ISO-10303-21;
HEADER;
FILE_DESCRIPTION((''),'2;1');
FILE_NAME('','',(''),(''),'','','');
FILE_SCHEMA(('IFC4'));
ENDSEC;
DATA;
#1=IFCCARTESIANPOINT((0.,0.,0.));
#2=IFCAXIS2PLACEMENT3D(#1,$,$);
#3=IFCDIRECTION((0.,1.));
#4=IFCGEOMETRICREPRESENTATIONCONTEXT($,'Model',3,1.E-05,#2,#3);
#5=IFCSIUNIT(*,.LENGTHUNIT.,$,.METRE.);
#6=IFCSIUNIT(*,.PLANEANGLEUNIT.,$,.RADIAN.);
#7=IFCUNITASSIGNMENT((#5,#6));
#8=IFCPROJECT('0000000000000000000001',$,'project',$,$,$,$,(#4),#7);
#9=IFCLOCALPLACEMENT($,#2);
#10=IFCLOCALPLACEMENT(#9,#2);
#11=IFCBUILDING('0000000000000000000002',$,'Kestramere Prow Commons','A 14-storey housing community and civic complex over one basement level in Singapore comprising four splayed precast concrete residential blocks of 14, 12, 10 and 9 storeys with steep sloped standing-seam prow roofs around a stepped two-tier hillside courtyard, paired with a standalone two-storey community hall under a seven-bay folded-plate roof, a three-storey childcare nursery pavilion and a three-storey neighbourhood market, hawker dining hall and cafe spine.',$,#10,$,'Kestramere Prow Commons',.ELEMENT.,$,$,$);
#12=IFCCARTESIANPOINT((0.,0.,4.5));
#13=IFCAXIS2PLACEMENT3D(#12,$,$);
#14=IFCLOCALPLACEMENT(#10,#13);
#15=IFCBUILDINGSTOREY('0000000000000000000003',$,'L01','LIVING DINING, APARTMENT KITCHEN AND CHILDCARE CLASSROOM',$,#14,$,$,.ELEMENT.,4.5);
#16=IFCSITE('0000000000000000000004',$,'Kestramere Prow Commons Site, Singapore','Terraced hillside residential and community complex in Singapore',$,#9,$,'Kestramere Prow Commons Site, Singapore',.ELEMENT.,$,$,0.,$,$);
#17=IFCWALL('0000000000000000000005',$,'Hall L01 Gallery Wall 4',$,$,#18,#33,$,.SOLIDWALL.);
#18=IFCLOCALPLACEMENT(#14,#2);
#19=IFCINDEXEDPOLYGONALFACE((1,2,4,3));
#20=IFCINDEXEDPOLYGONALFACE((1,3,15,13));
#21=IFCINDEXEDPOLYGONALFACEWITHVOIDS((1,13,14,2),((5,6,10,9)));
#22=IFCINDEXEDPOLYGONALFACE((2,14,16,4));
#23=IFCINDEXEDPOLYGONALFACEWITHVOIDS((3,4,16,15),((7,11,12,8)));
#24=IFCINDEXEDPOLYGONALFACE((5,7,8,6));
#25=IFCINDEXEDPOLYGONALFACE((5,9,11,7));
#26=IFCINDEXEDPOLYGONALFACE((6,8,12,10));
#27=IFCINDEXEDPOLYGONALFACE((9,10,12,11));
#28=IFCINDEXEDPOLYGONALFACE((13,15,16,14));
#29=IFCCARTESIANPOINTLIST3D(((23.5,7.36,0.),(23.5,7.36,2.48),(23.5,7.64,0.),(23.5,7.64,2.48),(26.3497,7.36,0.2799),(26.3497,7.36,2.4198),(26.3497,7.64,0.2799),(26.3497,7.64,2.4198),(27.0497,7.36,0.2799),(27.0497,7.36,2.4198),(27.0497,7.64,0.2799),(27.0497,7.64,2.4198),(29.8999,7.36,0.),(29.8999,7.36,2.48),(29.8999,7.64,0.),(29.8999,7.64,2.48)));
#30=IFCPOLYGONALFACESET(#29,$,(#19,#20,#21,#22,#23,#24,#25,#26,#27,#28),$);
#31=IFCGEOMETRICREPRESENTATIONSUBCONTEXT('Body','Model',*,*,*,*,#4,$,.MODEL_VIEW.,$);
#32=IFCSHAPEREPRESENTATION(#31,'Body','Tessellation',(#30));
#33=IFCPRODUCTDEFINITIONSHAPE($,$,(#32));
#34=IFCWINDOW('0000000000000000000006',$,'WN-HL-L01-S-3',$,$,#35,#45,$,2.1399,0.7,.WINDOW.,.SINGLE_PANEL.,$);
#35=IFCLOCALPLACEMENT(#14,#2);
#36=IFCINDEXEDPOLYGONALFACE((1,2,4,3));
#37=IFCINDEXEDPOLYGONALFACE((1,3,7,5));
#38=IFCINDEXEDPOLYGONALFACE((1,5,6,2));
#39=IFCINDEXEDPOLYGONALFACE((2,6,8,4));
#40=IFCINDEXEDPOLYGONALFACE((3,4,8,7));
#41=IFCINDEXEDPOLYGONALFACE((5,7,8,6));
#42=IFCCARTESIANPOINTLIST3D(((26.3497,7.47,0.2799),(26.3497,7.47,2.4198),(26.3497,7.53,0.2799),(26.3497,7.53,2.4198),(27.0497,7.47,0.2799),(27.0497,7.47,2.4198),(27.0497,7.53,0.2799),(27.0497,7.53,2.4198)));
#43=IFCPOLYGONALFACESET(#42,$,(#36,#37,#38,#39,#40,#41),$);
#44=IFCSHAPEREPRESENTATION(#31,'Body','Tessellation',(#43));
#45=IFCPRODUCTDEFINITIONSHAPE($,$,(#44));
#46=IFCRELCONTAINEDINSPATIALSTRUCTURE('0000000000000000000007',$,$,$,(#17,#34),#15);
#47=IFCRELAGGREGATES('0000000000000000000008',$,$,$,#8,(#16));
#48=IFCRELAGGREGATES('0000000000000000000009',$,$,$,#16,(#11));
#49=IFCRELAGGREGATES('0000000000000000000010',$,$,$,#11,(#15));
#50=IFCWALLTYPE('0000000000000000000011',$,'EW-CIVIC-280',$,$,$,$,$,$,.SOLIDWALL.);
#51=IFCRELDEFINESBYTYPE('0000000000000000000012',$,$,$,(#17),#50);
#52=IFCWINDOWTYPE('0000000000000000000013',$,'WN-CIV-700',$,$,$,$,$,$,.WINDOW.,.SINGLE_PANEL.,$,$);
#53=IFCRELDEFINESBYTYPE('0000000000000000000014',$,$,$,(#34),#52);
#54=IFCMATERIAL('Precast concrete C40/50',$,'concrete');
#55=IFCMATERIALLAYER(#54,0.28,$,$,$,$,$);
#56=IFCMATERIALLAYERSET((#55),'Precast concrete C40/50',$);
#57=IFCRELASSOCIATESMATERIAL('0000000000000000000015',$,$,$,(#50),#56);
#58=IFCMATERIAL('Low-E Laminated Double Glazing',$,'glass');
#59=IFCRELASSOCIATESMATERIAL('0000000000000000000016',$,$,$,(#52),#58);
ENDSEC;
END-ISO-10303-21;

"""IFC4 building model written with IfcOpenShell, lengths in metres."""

from ifc_helpers import new_model, si_unit, direction, frame, frame_2d, origin, place, context, subcontext, project, spatial, rectangle, extrude, material, layer, layer_set, type_object, element, fill, save


model = new_model("IFC4")

# Units and contexts
model_context = context("Model", 3, precision=1e-05, world=origin(), true_north=direction((0.0, 1.0)))
body_context = subcontext(model_context, "Body", "Model", "MODEL_VIEW")
ifc_project = project(units=[si_unit("LENGTHUNIT", "METRE"), si_unit("PLANEANGLEUNIT", "RADIAN")], contexts=[model_context])

# Site, building, storey
site_placement = place(None, origin())
site = spatial("IfcSite", under=ifc_project, at=site_placement, Name="Kestramere Prow Commons Site, Singapore", Description="Terraced hillside residential and community complex in Singapore", LongName="Kestramere Prow Commons Site, Singapore", CompositionType="ELEMENT", RefElevation=0.0)
building_placement = place(site_placement, origin())
building = spatial("IfcBuilding", under=site, at=building_placement, Name="Kestramere Prow Commons", Description="A 14-storey housing community and civic complex over one basement level in Singapore comprising four splayed precast concrete residential blocks of 14, 12, 10 and 9 storeys with steep sloped standing-seam prow roofs around a stepped two-tier hillside courtyard, paired with a standalone two-storey community hall under a seven-bay folded-plate roof, a three-storey childcare nursery pavilion and a three-storey neighbourhood market, hawker dining hall and cafe spine.", LongName="Kestramere Prow Commons", CompositionType="ELEMENT")
storey_placement = place(building_placement, frame((0.0, 0.0, 4.5)))
storey = spatial("IfcBuildingStorey", under=building, at=storey_placement, Name="L01", Description="LIVING DINING, APARTMENT KITCHEN AND CHILDCARE CLASSROOM", CompositionType="ELEMENT", Elevation=4.5)

# Shared definitions
ifc_material_1 = material(Name="Precast concrete C40/50", Category="concrete")

# Wall, opening, window
ifc_layer_1 = layer(ifc_material_1, 0.28)
ifc_layer_set_1 = layer_set([ifc_layer_1], Name="Precast concrete C40/50")
wall_type = type_object("IfcWallType", Name="EW-CIVIC-280", PredefinedType="SOLIDWALL", material=ifc_layer_set_1)
ifc_material_2 = material(Name="Low-E Laminated Double Glazing", Category="glass")
window_type = type_object("IfcWindowType", Name="WN-CIV-700", PartitioningType="SINGLE_PANEL", PredefinedType="WINDOW", material=ifc_material_2)
wall_1_placement = place(storey_placement, frame((29.8999, 7.5, 0.0), z_axis=(0.0, 0.0, 1.0), x_axis=(-1.0, 0.0, 0.0)))
wall_1 = element("IfcWall", 1, at=wall_1_placement, inside=storey, type_object=wall_type, Name="Hall L01 Gallery Wall 4", PredefinedType="SOLIDWALL", context=body_context, shape_type="SweptSolid", body=[
    extrude(rectangle(XDim=6.3999, YDim=0.28, at=frame_2d((3.2, 0.0))), origin(), (0.0, 0.0, 1.0), 2.48),
])
opening_1_placement = place(wall_1_placement, frame((2.8501, 0.0, 0.28)))
opening_1 = element("IfcOpeningElement", 2, at=opening_1_placement, cuts=wall_1, PredefinedType="OPENING", context=body_context, shape_type="SweptSolid", body=[
    extrude(rectangle(XDim=0.7, YDim=2.1399, at=frame_2d((0.3501, 1.0698))), frame((0.0, 0.155, 0.0), z_axis=(0.0, -1.0, 0.0), x_axis=(1.0, 0.0, 0.0)), (0.0, 0.0, 1.0), 0.3101),
])
window_1_placement = place(opening_1_placement, origin())
window_1 = element("IfcWindow", 3, at=window_1_placement, inside=storey, type_object=window_type, Name="WN-HL-L01-S-3", OverallHeight=2.1399, OverallWidth=0.7, PartitioningType="SINGLE_PANEL", PredefinedType="WINDOW", context=body_context, shape_type="SweptSolid", body=[
    extrude(rectangle(XDim=0.7, YDim=2.1399, at=frame_2d((0.3501, 1.0698))), frame((0.0, 0.03, 0.0), z_axis=(0.0, -1.0, 0.0), x_axis=(1.0, 0.0, 0.0)), (0.0, 0.0, 1.0), 0.0601),
])
fill(opening_1, window_1)

save(model, "model.ifc")
